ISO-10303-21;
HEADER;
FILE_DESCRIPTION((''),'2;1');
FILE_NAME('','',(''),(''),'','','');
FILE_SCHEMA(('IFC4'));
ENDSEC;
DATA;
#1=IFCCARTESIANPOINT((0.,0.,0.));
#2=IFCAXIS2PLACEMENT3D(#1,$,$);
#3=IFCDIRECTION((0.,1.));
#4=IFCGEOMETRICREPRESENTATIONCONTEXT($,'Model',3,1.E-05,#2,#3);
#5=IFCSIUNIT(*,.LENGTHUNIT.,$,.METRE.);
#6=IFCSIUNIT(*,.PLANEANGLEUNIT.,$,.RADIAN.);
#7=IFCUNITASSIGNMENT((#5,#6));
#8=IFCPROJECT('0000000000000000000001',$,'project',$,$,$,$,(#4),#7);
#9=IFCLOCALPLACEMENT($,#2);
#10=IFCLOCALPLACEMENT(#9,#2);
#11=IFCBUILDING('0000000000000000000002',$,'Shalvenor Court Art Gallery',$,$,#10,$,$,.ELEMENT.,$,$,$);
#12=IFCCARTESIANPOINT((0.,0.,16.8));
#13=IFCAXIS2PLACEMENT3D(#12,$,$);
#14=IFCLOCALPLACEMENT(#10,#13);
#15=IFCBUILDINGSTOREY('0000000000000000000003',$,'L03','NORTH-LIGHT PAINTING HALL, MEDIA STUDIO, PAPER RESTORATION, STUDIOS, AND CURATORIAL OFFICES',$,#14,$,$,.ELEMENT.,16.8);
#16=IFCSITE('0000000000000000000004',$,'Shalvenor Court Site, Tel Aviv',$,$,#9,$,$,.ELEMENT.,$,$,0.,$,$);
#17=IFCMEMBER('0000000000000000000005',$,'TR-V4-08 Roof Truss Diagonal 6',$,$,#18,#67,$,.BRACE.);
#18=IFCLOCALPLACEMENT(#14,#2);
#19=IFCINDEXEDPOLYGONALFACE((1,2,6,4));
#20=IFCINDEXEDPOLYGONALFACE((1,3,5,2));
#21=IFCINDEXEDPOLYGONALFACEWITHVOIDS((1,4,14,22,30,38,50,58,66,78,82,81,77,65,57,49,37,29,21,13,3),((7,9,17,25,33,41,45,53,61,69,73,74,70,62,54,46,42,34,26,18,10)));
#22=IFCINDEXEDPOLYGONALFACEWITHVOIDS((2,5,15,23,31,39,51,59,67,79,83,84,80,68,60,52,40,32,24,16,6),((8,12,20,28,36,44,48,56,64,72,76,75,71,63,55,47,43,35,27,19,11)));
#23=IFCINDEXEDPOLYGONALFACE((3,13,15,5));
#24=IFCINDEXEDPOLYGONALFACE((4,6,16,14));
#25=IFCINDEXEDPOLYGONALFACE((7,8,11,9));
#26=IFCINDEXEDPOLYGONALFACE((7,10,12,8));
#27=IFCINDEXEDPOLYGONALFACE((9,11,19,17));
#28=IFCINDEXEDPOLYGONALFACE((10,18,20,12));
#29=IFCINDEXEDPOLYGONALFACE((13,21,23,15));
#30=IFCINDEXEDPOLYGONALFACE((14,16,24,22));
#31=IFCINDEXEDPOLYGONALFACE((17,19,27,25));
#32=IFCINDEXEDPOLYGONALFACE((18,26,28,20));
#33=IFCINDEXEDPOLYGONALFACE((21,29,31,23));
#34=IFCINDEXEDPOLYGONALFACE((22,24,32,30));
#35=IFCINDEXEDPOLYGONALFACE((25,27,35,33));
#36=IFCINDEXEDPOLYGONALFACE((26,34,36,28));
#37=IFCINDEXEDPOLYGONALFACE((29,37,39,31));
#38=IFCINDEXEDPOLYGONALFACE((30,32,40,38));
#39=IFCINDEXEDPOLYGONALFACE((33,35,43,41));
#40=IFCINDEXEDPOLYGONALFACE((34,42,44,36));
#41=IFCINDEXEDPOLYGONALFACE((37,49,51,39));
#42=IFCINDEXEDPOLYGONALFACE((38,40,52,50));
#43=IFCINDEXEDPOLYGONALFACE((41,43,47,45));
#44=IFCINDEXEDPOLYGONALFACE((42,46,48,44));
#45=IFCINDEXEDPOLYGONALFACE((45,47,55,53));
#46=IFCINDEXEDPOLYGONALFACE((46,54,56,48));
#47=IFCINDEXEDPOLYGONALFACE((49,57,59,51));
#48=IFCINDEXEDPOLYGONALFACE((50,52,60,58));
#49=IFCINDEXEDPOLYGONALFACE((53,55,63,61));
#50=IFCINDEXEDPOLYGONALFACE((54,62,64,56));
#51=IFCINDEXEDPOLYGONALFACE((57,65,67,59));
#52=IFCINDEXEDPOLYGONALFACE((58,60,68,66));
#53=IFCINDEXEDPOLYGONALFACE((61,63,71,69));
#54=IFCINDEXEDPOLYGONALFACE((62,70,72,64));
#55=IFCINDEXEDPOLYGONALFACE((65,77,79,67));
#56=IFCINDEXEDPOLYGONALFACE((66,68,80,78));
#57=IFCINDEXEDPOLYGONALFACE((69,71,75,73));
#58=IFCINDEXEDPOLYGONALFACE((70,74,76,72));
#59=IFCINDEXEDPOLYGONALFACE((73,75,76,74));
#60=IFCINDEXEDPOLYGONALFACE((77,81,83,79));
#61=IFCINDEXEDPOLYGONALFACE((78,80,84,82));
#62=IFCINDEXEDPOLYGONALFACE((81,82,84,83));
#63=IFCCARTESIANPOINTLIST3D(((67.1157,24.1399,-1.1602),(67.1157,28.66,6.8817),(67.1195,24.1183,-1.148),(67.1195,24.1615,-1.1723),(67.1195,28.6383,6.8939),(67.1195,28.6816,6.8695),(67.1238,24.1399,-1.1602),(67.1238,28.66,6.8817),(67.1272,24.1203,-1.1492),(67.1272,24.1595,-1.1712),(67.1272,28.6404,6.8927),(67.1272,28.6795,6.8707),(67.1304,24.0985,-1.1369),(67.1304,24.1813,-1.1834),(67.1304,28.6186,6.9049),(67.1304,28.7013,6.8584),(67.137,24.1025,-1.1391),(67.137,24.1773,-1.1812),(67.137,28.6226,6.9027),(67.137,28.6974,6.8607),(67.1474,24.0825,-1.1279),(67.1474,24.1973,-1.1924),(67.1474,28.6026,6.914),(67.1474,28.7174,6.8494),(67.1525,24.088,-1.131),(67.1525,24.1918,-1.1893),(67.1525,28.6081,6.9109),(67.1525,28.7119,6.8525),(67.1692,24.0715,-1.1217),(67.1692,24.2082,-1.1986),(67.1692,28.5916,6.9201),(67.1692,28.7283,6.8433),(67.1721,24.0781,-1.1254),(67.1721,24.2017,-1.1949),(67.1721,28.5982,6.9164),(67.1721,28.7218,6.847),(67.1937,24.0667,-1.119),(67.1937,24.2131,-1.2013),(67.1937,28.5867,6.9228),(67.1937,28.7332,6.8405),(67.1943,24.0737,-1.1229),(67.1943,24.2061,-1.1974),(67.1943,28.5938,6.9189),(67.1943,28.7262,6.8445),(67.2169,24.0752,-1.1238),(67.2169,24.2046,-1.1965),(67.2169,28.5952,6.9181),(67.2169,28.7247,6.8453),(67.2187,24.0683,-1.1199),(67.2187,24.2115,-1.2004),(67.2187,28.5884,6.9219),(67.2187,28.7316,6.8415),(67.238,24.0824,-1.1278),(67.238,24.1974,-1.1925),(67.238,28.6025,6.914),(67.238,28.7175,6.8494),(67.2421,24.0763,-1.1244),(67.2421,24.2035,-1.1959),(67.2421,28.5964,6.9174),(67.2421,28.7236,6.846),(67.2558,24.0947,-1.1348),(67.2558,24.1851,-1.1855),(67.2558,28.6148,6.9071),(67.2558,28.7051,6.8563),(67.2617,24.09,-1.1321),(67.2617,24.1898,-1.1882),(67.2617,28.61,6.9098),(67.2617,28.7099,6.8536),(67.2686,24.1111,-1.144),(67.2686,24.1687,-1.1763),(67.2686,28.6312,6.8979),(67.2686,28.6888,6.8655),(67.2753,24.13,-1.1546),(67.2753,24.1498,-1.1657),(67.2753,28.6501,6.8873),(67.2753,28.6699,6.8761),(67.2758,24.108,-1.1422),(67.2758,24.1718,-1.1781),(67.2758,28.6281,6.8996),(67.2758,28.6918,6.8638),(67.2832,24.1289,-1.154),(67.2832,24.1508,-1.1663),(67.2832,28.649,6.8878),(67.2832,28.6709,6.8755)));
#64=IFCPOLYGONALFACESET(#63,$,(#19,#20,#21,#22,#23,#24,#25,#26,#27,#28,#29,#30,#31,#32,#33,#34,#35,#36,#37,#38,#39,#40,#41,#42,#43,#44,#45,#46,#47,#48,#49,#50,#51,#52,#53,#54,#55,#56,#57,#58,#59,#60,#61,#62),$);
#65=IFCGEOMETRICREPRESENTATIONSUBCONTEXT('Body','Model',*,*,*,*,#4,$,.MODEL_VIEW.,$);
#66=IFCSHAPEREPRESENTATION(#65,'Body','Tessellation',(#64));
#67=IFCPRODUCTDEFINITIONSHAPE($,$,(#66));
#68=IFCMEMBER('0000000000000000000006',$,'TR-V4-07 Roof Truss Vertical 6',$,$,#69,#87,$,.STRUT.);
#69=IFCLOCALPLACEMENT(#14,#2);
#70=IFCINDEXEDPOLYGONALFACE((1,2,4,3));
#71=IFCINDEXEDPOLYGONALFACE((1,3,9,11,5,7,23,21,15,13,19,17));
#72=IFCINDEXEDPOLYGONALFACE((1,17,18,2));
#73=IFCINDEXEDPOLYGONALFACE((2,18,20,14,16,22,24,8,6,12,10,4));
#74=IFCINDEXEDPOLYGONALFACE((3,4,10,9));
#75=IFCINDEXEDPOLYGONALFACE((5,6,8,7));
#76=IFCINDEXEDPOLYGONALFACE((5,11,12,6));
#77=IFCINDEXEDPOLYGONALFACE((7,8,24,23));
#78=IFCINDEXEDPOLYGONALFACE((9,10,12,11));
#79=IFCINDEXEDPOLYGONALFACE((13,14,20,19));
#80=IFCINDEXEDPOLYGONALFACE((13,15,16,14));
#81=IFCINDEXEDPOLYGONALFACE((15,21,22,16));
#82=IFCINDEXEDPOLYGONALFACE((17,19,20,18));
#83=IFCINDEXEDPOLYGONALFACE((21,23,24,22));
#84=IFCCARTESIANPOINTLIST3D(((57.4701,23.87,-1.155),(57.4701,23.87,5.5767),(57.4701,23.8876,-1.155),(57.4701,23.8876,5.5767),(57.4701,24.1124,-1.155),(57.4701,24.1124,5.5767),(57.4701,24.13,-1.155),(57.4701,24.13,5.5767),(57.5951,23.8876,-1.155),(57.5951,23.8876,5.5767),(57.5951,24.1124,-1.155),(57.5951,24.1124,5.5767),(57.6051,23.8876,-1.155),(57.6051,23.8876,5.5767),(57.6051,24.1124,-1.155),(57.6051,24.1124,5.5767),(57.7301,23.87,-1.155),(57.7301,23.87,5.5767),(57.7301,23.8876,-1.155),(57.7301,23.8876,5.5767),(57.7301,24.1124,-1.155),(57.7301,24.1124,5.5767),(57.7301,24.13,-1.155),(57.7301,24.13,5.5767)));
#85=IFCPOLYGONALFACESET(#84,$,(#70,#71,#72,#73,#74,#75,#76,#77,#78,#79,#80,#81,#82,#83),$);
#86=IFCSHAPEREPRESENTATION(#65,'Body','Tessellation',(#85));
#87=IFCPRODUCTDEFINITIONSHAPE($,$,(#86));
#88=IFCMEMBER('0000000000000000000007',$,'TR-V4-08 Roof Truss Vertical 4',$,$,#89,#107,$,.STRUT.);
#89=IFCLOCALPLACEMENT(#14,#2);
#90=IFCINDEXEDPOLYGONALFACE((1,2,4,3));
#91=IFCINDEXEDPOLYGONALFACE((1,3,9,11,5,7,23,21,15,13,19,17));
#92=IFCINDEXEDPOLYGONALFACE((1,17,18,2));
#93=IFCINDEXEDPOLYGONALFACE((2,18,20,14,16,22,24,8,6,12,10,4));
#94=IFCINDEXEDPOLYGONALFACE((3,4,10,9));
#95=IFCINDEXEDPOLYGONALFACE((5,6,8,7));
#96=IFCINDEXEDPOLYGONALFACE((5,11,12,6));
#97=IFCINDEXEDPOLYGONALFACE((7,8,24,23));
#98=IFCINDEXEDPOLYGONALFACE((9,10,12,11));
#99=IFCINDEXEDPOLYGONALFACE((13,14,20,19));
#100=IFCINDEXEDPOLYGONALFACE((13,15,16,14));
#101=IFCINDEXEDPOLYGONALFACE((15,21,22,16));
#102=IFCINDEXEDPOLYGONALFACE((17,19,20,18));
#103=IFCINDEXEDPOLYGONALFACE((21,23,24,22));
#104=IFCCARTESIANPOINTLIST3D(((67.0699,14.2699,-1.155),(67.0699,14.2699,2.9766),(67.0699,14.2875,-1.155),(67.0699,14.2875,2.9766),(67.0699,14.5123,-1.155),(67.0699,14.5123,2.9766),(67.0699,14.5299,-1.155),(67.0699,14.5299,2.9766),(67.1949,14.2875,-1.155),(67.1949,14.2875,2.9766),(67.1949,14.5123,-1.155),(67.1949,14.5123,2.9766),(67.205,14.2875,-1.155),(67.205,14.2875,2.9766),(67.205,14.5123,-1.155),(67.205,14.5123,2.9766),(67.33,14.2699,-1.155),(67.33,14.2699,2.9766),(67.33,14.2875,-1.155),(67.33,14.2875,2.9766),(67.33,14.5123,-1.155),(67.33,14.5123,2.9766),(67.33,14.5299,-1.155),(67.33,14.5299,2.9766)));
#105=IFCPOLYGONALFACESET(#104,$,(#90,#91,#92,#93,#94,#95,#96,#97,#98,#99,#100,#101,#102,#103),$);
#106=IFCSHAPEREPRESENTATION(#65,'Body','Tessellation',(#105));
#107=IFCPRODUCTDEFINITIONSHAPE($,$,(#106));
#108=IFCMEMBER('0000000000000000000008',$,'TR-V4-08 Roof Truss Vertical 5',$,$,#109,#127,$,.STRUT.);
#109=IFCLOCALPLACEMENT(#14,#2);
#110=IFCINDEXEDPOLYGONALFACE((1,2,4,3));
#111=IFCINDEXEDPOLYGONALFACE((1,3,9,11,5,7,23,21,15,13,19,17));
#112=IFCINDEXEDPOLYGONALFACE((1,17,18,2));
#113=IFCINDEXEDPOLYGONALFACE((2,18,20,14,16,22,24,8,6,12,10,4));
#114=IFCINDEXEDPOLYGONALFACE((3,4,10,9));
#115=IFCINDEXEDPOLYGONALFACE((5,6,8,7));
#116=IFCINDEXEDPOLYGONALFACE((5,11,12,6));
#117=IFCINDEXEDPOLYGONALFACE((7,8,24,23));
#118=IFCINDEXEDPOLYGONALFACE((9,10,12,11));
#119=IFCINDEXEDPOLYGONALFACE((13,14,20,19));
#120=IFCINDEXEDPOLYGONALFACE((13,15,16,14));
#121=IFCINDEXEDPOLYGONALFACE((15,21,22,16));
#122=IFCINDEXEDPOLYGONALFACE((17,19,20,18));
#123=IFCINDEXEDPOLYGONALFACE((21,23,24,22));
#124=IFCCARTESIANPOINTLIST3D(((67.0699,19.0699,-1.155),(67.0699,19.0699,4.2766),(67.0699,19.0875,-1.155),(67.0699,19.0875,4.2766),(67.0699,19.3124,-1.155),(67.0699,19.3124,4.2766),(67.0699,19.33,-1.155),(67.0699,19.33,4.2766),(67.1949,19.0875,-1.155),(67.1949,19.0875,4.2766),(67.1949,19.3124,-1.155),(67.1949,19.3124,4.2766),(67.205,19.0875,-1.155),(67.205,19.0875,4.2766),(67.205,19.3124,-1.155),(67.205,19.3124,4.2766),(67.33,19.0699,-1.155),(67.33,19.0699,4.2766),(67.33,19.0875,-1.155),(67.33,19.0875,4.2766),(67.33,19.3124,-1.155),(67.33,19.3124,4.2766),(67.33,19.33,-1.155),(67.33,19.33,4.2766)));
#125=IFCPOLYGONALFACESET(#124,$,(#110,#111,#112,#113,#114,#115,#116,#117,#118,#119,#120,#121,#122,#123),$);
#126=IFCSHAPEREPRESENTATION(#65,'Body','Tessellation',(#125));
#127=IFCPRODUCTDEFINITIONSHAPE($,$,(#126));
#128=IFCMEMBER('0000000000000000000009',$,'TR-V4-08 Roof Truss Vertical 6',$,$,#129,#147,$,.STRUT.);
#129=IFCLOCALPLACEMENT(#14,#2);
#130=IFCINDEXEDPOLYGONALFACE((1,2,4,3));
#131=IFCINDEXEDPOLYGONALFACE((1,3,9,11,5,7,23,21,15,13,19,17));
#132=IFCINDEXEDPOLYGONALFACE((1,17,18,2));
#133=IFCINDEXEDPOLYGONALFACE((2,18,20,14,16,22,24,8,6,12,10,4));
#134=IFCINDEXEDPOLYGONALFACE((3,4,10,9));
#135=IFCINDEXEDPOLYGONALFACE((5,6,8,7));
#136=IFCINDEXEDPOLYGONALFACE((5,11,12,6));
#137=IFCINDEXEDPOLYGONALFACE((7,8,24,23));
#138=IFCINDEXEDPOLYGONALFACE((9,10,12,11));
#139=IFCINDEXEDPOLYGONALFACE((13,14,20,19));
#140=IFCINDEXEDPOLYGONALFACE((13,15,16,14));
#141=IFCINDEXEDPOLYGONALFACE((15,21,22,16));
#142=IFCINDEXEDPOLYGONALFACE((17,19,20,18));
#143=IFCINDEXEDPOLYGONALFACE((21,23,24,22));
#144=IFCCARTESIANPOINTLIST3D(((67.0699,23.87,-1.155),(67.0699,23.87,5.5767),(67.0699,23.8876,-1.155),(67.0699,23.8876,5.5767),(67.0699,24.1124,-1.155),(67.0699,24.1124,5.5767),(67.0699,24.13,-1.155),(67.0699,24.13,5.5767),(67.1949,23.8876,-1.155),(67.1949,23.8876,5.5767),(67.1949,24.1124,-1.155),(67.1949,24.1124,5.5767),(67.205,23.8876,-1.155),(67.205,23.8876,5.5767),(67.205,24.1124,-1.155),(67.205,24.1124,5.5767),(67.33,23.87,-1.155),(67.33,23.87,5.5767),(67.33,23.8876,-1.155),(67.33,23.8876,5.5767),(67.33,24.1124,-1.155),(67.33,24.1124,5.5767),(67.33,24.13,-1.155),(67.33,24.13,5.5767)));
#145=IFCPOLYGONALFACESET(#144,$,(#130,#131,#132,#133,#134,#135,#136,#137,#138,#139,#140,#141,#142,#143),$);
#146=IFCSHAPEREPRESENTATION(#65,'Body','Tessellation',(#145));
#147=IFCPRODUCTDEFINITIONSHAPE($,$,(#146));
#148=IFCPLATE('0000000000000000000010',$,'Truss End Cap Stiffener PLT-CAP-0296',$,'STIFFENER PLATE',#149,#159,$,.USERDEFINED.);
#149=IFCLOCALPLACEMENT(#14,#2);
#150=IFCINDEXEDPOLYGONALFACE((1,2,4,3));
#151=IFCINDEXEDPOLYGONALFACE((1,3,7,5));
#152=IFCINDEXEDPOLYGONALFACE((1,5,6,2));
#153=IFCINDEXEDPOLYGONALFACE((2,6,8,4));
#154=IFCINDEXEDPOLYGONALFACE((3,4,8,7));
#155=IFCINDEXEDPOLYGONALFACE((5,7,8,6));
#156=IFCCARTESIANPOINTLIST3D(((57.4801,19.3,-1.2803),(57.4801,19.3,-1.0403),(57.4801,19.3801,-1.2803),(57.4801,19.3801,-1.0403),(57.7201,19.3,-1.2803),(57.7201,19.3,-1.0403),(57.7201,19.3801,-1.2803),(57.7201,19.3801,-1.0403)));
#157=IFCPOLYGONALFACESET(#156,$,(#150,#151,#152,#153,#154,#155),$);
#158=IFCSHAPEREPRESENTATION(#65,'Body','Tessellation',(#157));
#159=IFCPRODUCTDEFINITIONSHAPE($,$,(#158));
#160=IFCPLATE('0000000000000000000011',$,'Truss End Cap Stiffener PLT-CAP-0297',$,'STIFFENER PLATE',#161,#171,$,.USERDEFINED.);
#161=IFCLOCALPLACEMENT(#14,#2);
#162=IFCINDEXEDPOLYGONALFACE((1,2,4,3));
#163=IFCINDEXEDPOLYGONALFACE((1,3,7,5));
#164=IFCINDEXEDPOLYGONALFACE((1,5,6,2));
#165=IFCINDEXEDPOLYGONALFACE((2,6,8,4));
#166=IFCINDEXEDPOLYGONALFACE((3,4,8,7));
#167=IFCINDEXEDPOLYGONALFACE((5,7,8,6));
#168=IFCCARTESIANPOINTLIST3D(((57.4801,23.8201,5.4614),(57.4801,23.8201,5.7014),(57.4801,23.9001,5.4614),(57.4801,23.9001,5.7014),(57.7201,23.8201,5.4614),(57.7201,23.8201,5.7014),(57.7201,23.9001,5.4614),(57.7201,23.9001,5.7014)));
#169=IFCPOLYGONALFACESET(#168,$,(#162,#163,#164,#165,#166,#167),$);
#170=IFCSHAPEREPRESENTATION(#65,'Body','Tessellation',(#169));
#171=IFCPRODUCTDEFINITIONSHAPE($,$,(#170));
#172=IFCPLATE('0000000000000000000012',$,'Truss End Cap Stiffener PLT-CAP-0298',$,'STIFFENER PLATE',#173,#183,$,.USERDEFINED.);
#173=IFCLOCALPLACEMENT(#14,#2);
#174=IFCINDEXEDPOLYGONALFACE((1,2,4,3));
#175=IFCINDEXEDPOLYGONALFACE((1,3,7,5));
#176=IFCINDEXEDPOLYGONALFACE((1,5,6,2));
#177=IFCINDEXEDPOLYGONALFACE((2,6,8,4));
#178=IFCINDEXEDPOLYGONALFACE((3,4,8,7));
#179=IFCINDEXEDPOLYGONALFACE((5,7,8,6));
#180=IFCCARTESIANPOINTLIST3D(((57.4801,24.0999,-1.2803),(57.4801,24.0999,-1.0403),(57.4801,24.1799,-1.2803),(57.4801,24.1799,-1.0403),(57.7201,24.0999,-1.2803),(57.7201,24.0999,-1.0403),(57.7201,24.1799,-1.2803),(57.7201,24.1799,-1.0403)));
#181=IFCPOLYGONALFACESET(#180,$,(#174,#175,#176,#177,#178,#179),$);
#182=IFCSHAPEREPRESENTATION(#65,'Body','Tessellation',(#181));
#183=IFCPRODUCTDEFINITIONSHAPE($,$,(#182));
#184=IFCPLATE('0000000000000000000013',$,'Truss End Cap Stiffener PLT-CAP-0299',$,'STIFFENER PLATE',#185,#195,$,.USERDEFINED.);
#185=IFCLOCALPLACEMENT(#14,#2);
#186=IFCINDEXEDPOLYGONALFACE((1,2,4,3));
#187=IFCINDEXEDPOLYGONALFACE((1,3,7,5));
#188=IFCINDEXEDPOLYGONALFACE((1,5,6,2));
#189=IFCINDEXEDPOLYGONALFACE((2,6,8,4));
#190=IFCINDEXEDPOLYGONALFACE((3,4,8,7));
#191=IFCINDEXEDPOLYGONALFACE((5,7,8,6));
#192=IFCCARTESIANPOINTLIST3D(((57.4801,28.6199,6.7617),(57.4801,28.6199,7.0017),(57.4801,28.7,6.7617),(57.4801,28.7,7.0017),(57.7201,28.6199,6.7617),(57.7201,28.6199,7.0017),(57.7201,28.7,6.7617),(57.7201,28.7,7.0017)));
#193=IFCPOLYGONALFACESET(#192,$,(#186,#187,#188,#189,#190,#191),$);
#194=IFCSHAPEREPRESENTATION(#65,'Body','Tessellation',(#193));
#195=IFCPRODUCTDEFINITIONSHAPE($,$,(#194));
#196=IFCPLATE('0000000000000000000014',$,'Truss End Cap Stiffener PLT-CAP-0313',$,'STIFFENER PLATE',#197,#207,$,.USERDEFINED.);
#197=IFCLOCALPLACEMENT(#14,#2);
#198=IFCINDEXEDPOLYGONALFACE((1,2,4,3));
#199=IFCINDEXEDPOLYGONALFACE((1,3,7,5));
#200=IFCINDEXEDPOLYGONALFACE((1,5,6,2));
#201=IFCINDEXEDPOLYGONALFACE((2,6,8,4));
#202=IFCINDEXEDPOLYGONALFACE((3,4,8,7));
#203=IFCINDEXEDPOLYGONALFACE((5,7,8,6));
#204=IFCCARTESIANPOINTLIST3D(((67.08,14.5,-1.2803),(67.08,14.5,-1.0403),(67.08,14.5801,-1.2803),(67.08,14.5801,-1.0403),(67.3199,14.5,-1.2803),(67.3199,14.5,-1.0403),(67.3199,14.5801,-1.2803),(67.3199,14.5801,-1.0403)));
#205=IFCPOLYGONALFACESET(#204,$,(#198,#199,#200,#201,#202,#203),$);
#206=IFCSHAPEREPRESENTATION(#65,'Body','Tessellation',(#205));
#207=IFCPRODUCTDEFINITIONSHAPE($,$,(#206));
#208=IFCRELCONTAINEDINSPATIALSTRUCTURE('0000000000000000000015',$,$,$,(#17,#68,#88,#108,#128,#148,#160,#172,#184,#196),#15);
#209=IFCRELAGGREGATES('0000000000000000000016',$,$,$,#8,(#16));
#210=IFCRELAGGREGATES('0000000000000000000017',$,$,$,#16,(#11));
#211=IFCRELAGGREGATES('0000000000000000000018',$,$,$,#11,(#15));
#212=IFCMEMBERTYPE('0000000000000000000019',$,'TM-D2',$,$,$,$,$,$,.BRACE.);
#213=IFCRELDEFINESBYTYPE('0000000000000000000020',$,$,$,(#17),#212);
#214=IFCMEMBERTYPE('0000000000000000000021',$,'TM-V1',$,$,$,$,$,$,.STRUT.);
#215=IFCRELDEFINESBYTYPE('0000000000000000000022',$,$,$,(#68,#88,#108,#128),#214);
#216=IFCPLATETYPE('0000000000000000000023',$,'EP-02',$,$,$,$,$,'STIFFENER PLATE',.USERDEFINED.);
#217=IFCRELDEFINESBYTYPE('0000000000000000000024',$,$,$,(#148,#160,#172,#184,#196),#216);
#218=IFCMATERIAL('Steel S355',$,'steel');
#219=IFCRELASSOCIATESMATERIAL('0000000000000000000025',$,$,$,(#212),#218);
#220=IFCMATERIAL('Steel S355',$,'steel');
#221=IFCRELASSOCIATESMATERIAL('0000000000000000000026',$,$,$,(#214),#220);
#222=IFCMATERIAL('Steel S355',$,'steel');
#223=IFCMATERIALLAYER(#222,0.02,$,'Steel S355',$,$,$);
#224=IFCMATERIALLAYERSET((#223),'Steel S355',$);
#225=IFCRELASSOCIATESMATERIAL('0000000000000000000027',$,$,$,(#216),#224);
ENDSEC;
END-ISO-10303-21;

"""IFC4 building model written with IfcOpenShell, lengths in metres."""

from ifc_helpers import new_model, si_unit, direction, frame, origin, origin_2d, place, context, subcontext, project, spatial, rectangle, hollow_circle, i_section, extrude, material, layer, layer_set, material_profile, profile_set, type_object, element, save


model = new_model("IFC4")

# Units and contexts
model_context = context("Model", 3, precision=1e-05, world=origin(), true_north=direction((0.0, 1.0)))
body_context = subcontext(model_context, "Body", "Model", "MODEL_VIEW")
ifc_project = project(units=[si_unit("LENGTHUNIT", "METRE"), si_unit("PLANEANGLEUNIT", "RADIAN")], contexts=[model_context])

# Site, building, storey
site_placement = place(None, origin())
site = spatial("IfcSite", under=ifc_project, at=site_placement, Name="Shalvenor Court Site, Tel Aviv", CompositionType="ELEMENT", RefElevation=0.0)
building_placement = place(site_placement, origin())
building = spatial("IfcBuilding", under=site, at=building_placement, Name="Shalvenor Court Art Gallery", CompositionType="ELEMENT")
storey_placement = place(building_placement, frame((0.0, 0.0, 16.8)))
storey = spatial("IfcBuildingStorey", under=building, at=storey_placement, Name="L03", Description="NORTH-LIGHT PAINTING HALL, MEDIA STUDIO, PAPER RESTORATION, STUDIOS, AND CURATORIAL OFFICES", CompositionType="ELEMENT", Elevation=16.8)

# Members
ifc_material_1 = material(Name="Steel S355", Category="steel")
ifc_material_profile_1 = material_profile(ifc_material_1, hollow_circle(Radius=0.0842, WallThickness=0.0081, at=origin_2d()), Name="CHS 168.3x8.0")
ifc_profile_set_1 = profile_set([ifc_material_profile_1], Name="Steel S355")
member_type_1 = type_object("IfcMemberType", Name="TM-D2", PredefinedType="BRACE", material=ifc_profile_set_1)
member_1_placement = place(storey_placement, frame((67.2, 24.1399, -1.1602), z_axis=(0.0, 0.489976, 0.871736), x_axis=(-1.0, 0.0, 0.0)))
element("IfcMember", 1, at=member_1_placement, inside=storey, type_object=member_type_1, Name="TR-V4-08 Roof Truss Diagonal 6", PredefinedType="BRACE", context=body_context, shape_type="SweptSolid", body=[
    extrude(hollow_circle(Radius=0.0842, WallThickness=0.0081, at=origin_2d()), origin(), (0.0, 0.0, 1.0), 9.2251),
])
ifc_material_2 = material(Name="Steel S355", Category="steel")
ifc_material_profile_2 = material_profile(ifc_material_2, i_section(OverallWidth=0.26, OverallDepth=0.26, WebThickness=0.01, FlangeThickness=0.0176, at=origin_2d()), Name="HEB 260")
ifc_profile_set_2 = profile_set([ifc_material_profile_2], Name="Steel S355")
member_type_2 = type_object("IfcMemberType", Name="TM-V1", PredefinedType="STRUT", material=ifc_profile_set_2)
member_2_placement = place(storey_placement, frame((57.6001, 24.0, -1.155), z_axis=(0.0, 0.0, 1.0), x_axis=(1.0, 0.0, 0.0)))
element("IfcMember", 2, at=member_2_placement, inside=storey, type_object=member_type_2, Name="TR-V4-07 Roof Truss Vertical 6", PredefinedType="STRUT", context=body_context, shape_type="SweptSolid", body=[
    extrude(i_section(OverallWidth=0.26, OverallDepth=0.26, WebThickness=0.01, FlangeThickness=0.0176, at=origin_2d()), origin(), (0.0, 0.0, 1.0), 6.7317),
])
member_3_placement = place(storey_placement, frame((67.2, 14.3999, -1.155), z_axis=(0.0, 0.0, 1.0), x_axis=(1.0, 0.0, 0.0)))
element("IfcMember", 3, at=member_3_placement, inside=storey, type_object=member_type_2, Name="TR-V4-08 Roof Truss Vertical 4", PredefinedType="STRUT", context=body_context, shape_type="SweptSolid", body=[
    extrude(i_section(OverallWidth=0.26, OverallDepth=0.26, WebThickness=0.01, FlangeThickness=0.0176, at=origin_2d()), origin(), (0.0, 0.0, 1.0), 4.1316),
])
member_4_placement = place(storey_placement, frame((67.2, 19.2, -1.155), z_axis=(0.0, 0.0, 1.0), x_axis=(1.0, 0.0, 0.0)))
element("IfcMember", 4, at=member_4_placement, inside=storey, type_object=member_type_2, Name="TR-V4-08 Roof Truss Vertical 5", PredefinedType="STRUT", context=body_context, shape_type="SweptSolid", body=[
    extrude(i_section(OverallWidth=0.26, OverallDepth=0.26, WebThickness=0.01, FlangeThickness=0.0176, at=origin_2d()), origin(), (0.0, 0.0, 1.0), 5.4316),
])
member_5_placement = place(storey_placement, frame((67.2, 24.0, -1.155), z_axis=(0.0, 0.0, 1.0), x_axis=(1.0, 0.0, 0.0)))
element("IfcMember", 5, at=member_5_placement, inside=storey, type_object=member_type_2, Name="TR-V4-08 Roof Truss Vertical 6", PredefinedType="STRUT", context=body_context, shape_type="SweptSolid", body=[
    extrude(i_section(OverallWidth=0.26, OverallDepth=0.26, WebThickness=0.01, FlangeThickness=0.0176, at=origin_2d()), origin(), (0.0, 0.0, 1.0), 6.7317),
])

# Plates
ifc_material_3 = material(Name="Steel S355", Category="steel")
ifc_layer_1 = layer(ifc_material_3, 0.02, Name="Steel S355")
ifc_layer_set_1 = layer_set([ifc_layer_1], Name="Steel S355")
plate_type_1 = type_object("IfcPlateType", Name="EP-02", ElementType="STIFFENER PLATE", PredefinedType="USERDEFINED", material=ifc_layer_set_1)
for number, where, z_axis, x_axis, name in (
    (6, (57.6001, 19.3401, -1.2803), (0.0, 0.0, 1.0), (1.0, 0.0, 0.0), "Truss End Cap Stiffener PLT-CAP-0296"),
    (7, (57.6001, 23.8601, 5.4614), (0.0, 0.0, 1.0), (1.0, 0.0, 0.0), "Truss End Cap Stiffener PLT-CAP-0297"),
    (8, (57.6001, 24.1399, -1.2803), (0.0, 0.0, 1.0), (1.0, 0.0, 0.0), "Truss End Cap Stiffener PLT-CAP-0298"),
    (9, (57.6001, 28.6599, 6.7617), (0.0, 0.0, 1.0), (1.0, 0.0, 0.0), "Truss End Cap Stiffener PLT-CAP-0299"),
    (10, (67.2, 14.54, -1.2803), (0.0, 0.0, 1.0), (1.0, 0.0, 0.0), "Truss End Cap Stiffener PLT-CAP-0313"),
):
    element("IfcPlate", number, at=place(storey_placement, frame(where, z_axis=z_axis, x_axis=x_axis)), inside=storey, type_object=plate_type_1, Name=name, ObjectType="STIFFENER PLATE", PredefinedType="USERDEFINED", context=body_context, shape_type="SweptSolid", body=[
        extrude(rectangle(XDim=0.24, YDim=0.0801, at=origin_2d()), origin(), (0.0, 0.0, 1.0), 0.24),
    ])

save(model, "model.ifc")
